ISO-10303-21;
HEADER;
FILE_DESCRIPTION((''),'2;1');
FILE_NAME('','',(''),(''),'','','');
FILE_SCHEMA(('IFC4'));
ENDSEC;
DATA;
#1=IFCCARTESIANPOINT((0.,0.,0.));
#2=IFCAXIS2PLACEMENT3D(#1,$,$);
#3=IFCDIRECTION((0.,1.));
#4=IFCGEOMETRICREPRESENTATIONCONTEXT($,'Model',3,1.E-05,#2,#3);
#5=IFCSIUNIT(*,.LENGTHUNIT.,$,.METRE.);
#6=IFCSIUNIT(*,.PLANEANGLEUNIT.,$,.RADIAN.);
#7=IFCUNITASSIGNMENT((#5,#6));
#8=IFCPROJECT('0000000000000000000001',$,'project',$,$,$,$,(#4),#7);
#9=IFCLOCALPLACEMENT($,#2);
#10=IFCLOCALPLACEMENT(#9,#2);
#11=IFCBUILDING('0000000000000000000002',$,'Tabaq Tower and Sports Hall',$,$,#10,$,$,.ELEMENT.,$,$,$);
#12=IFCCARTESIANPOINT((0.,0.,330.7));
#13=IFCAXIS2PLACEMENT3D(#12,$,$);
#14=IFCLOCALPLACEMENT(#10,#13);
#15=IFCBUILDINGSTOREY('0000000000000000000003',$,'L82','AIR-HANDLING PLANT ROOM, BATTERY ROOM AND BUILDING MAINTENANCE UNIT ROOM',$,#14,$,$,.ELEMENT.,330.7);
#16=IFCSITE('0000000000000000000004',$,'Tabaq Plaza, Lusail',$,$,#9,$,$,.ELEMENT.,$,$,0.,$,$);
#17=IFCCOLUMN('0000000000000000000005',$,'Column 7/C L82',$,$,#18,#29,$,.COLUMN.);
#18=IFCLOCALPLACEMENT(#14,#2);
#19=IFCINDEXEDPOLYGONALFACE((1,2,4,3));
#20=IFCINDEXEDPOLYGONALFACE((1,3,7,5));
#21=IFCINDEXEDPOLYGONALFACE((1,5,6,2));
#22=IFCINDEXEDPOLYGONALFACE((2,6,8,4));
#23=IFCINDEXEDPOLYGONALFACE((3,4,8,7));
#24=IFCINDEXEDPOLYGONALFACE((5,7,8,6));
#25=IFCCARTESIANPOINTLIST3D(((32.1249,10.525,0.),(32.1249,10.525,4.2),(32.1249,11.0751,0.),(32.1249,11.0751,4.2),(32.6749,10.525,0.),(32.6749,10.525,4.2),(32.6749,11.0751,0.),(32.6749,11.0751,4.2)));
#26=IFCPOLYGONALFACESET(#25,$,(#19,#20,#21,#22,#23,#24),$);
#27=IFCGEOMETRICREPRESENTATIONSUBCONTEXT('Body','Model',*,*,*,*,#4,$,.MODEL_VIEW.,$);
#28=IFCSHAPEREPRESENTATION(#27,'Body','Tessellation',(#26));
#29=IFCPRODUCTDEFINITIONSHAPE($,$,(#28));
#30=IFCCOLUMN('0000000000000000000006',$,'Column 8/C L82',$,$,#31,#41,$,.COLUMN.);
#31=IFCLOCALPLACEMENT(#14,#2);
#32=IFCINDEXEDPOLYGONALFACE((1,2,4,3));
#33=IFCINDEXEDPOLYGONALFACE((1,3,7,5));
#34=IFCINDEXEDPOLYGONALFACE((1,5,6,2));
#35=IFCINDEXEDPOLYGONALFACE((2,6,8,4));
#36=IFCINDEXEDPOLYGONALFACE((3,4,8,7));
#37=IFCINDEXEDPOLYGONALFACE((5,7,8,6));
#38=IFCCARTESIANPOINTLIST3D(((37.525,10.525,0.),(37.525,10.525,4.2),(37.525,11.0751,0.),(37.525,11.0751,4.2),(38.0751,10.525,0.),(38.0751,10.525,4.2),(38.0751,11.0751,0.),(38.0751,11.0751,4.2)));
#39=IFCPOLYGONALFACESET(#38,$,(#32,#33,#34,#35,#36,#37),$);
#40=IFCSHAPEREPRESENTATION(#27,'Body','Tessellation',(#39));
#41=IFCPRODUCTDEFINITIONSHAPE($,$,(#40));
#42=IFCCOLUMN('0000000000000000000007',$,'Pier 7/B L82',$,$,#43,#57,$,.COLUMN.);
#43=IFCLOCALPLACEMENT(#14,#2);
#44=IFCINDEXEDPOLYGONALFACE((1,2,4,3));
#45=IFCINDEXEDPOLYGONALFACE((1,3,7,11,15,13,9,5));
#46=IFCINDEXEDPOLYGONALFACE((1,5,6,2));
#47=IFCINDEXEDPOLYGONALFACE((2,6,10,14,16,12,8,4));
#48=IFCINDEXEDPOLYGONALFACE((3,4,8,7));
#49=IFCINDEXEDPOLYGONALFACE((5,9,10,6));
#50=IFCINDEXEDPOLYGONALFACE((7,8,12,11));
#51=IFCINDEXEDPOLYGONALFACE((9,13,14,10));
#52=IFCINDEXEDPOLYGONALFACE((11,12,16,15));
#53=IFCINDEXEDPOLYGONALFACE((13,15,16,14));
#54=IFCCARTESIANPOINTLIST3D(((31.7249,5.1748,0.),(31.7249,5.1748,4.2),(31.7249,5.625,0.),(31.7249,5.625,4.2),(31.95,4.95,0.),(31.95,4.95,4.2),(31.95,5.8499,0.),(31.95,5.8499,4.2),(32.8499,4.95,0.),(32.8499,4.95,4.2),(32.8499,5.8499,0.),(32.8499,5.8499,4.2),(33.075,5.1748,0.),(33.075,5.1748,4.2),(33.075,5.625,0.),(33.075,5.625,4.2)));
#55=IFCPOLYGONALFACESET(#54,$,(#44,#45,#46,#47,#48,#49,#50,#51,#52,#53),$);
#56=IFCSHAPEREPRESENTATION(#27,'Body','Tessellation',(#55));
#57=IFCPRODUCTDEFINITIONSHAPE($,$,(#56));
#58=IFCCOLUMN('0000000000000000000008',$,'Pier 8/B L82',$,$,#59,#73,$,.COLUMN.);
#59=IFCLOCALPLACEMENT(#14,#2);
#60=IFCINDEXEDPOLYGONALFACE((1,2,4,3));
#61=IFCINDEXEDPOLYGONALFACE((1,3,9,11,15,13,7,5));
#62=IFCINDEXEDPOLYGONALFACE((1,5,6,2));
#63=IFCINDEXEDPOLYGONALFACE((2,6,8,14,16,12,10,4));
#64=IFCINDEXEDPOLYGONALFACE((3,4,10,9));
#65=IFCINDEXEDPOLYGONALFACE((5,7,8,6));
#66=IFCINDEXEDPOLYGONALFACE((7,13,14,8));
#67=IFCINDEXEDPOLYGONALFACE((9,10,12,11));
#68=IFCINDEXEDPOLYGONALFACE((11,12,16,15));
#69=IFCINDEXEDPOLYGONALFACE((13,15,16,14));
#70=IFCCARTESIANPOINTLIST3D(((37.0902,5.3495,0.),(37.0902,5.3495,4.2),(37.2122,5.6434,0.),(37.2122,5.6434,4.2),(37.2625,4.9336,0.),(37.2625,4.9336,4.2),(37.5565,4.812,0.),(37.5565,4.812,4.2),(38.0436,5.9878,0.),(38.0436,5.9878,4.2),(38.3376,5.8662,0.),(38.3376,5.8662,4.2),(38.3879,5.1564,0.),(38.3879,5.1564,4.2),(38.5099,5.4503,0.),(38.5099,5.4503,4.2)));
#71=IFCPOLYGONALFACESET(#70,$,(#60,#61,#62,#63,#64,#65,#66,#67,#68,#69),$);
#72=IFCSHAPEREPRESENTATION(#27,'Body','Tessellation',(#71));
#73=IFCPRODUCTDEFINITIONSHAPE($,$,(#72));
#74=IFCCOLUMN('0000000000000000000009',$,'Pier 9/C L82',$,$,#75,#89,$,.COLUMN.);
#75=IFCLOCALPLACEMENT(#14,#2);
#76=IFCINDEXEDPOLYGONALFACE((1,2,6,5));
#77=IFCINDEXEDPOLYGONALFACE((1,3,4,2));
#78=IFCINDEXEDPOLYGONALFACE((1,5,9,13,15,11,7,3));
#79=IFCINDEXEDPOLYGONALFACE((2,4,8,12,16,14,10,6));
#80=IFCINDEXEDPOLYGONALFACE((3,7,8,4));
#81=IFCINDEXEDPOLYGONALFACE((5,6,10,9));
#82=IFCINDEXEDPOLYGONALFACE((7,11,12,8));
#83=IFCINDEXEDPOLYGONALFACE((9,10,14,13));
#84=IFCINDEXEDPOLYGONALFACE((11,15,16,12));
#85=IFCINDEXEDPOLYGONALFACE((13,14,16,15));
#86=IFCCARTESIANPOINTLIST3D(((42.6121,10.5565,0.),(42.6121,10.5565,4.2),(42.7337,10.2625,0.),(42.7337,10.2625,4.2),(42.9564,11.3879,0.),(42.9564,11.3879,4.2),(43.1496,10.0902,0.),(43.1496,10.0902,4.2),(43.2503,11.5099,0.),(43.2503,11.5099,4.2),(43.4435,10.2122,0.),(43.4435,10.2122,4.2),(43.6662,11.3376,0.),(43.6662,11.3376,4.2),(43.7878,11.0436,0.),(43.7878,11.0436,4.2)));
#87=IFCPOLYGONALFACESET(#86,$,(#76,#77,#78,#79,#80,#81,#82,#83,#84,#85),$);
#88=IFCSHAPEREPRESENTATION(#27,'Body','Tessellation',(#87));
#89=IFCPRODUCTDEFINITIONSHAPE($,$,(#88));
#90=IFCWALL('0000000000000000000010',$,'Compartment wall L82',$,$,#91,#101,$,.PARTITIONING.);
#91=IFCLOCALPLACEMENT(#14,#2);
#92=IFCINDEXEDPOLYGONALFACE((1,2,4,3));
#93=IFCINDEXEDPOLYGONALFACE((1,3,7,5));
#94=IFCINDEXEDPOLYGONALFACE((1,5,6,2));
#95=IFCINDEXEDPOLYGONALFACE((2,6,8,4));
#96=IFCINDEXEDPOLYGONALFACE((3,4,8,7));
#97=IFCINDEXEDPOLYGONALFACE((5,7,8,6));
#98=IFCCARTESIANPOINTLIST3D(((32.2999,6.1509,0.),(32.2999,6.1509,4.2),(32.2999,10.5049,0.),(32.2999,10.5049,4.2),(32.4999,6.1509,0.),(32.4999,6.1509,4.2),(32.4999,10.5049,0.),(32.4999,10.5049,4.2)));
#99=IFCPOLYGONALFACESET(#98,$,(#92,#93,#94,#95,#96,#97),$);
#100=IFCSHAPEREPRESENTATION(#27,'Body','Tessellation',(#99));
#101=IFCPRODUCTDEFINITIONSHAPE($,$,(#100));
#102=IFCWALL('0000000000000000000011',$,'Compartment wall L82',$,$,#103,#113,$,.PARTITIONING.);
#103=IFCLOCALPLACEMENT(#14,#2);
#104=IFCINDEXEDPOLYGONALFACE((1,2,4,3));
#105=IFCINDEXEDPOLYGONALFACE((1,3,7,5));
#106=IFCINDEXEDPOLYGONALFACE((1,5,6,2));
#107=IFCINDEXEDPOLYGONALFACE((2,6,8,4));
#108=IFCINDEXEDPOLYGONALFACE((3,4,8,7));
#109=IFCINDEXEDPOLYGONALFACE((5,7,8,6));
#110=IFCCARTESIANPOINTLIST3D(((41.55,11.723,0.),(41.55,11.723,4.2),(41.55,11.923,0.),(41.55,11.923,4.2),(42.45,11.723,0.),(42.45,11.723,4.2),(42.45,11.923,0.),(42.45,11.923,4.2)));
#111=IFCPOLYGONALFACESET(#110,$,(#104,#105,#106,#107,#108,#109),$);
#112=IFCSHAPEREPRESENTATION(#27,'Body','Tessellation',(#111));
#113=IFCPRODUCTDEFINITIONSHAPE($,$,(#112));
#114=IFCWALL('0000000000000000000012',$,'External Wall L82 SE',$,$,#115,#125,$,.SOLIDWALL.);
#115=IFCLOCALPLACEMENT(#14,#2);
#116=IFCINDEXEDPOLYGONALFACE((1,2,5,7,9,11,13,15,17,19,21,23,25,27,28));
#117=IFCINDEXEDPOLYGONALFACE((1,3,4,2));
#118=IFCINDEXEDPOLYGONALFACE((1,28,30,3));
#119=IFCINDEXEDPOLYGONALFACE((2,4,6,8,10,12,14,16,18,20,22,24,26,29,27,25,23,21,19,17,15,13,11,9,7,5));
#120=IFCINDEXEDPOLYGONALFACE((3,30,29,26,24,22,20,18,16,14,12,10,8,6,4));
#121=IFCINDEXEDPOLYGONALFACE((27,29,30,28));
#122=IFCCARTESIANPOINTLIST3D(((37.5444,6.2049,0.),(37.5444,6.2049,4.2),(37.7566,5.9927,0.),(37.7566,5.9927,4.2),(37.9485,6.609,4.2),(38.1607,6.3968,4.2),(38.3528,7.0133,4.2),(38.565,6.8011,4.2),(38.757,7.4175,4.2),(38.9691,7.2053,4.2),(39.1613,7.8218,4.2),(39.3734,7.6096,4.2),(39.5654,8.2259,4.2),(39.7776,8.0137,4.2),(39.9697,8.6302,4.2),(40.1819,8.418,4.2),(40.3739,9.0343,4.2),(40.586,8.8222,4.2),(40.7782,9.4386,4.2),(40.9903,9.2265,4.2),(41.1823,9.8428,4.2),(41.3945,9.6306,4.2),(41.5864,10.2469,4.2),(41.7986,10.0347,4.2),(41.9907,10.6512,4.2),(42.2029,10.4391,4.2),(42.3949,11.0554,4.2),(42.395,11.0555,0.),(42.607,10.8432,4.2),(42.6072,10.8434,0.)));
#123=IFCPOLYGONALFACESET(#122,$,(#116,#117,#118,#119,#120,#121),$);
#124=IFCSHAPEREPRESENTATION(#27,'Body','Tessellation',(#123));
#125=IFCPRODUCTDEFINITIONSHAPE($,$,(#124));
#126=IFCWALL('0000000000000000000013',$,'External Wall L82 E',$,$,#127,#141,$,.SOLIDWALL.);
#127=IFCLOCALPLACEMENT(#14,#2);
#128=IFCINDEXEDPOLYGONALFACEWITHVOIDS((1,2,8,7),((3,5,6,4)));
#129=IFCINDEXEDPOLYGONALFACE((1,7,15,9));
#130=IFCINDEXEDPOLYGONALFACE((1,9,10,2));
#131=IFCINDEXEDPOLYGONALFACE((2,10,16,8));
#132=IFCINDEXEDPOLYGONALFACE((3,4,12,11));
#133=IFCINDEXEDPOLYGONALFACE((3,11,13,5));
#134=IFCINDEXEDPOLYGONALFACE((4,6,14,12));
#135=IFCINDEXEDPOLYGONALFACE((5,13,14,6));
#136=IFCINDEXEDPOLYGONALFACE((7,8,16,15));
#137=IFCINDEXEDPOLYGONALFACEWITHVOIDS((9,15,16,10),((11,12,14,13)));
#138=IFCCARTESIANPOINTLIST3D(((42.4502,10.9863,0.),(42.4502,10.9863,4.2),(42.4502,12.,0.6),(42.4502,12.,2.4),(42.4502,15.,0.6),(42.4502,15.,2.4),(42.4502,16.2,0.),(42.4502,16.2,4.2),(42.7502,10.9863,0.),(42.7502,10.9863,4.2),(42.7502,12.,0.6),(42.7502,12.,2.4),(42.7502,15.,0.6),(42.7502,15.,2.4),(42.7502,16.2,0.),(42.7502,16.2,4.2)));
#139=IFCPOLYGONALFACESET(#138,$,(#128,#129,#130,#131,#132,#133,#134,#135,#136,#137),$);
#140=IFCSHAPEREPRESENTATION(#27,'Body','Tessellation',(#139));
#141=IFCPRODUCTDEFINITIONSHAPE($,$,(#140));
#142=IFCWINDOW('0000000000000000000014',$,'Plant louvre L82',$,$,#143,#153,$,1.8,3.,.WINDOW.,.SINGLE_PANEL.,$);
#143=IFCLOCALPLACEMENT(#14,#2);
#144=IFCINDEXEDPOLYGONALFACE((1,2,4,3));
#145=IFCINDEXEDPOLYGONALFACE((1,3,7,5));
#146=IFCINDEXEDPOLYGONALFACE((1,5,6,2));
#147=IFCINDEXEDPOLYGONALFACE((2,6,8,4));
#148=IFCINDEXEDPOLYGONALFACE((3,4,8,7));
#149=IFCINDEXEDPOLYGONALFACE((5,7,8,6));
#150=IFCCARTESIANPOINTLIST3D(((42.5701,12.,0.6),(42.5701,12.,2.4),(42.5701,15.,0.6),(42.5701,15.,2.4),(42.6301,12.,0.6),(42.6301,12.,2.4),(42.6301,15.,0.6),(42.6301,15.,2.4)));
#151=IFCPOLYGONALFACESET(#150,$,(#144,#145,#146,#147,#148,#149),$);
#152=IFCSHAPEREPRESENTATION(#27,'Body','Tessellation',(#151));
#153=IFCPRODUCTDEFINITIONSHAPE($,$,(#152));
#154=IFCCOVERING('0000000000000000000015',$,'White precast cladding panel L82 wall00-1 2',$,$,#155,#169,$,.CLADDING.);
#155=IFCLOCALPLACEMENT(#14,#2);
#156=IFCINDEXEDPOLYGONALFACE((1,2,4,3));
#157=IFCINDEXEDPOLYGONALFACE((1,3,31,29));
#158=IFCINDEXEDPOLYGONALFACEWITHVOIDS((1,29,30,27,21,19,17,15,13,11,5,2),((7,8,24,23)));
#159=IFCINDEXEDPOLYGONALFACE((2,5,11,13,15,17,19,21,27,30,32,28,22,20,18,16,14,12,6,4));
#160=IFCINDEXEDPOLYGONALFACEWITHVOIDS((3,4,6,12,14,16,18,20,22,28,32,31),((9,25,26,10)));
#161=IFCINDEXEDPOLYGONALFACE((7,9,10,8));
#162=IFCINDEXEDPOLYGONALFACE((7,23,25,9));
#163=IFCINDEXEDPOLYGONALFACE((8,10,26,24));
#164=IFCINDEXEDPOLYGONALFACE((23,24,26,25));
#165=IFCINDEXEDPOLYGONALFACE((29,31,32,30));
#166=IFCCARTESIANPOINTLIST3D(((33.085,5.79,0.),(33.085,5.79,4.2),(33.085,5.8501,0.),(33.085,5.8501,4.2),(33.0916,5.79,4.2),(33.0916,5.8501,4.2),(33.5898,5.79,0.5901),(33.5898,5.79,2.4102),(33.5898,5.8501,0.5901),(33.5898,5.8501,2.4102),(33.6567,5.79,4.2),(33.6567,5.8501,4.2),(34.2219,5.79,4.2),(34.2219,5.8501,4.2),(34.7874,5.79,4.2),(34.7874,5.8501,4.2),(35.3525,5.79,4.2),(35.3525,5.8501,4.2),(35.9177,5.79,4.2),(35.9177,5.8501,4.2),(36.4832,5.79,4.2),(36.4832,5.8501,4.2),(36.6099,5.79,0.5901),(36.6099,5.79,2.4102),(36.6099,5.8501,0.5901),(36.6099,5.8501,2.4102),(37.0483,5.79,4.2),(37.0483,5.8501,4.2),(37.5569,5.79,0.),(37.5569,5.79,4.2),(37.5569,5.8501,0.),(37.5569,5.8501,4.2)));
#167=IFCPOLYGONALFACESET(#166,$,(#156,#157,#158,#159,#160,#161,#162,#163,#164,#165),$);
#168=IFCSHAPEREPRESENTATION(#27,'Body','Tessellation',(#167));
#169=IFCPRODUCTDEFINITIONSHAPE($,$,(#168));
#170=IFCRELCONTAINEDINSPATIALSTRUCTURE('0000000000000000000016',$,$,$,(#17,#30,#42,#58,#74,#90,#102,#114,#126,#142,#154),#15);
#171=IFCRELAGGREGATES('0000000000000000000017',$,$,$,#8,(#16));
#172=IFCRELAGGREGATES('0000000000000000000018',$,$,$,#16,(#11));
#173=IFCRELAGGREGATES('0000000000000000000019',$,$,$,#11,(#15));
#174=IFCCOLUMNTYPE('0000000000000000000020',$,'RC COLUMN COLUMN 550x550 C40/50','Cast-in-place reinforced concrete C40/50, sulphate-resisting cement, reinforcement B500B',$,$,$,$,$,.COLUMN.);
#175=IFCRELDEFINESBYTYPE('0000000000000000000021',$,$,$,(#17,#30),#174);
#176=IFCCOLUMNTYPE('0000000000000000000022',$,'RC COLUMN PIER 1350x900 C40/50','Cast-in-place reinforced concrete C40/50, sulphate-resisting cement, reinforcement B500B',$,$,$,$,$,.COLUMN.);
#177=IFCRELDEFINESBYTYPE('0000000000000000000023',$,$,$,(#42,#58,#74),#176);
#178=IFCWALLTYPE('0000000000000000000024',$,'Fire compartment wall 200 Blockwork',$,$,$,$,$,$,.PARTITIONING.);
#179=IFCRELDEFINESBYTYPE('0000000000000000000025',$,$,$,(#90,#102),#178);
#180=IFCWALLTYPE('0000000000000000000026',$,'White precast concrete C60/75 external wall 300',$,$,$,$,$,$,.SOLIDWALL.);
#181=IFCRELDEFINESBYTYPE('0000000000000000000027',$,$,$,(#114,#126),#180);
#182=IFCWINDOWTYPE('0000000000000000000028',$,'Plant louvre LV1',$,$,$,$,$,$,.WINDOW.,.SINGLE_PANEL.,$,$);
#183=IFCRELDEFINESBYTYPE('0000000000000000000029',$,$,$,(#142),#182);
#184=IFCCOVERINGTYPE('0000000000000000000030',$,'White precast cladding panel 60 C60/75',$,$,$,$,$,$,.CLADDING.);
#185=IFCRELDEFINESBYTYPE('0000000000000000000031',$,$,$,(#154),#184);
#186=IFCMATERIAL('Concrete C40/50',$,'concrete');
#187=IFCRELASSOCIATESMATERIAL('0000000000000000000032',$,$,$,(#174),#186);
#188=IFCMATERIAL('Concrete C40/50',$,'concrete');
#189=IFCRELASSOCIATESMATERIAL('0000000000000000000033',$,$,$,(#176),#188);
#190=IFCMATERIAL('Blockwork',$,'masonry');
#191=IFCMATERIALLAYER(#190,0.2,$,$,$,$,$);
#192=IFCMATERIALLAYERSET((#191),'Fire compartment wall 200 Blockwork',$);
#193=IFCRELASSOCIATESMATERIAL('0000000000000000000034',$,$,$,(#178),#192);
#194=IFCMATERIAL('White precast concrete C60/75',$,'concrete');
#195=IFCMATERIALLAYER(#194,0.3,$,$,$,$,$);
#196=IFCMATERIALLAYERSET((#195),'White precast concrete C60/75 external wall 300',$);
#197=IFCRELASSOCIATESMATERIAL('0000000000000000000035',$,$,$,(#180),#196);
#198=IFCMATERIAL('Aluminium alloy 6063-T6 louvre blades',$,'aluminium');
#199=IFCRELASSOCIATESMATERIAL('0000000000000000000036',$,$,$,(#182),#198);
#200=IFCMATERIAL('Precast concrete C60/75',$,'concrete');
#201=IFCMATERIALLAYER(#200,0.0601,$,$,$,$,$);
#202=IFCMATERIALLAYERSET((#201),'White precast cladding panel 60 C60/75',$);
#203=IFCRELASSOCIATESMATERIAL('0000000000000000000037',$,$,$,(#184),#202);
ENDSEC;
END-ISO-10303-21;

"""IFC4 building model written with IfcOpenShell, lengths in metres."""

from ifc_helpers import new_model, si_unit, direction, frame, frame_2d, origin, origin_2d, place, context, subcontext, project, spatial, polyline, rectangle, outline, extrude, material, layer, layer_set, material_profile, profile_set, type_object, element, fill, save


model = new_model("IFC4")

# Units and contexts
model_context = context("Model", 3, precision=1e-05, world=origin(), true_north=direction((0.0, 1.0)))
body_context = subcontext(model_context, "Body", "Model", "MODEL_VIEW")
ifc_project = project(units=[si_unit("LENGTHUNIT", "METRE"), si_unit("PLANEANGLEUNIT", "RADIAN")], contexts=[model_context])

# Site, building, storey
site_placement = place(None, origin())
site = spatial("IfcSite", under=ifc_project, at=site_placement, Name="Tabaq Plaza, Lusail", CompositionType="ELEMENT", RefElevation=0.0)
building_placement = place(site_placement, origin())
building = spatial("IfcBuilding", under=site, at=building_placement, Name="Tabaq Tower and Sports Hall", CompositionType="ELEMENT")
storey_placement = place(building_placement, frame((0.0, 0.0, 330.7)))
storey = spatial("IfcBuildingStorey", under=building, at=storey_placement, Name="L82", Description="AIR-HANDLING PLANT ROOM, BATTERY ROOM AND BUILDING MAINTENANCE UNIT ROOM", CompositionType="ELEMENT", Elevation=330.7)

# Columns
ifc_material_1 = material(Name="Concrete C40/50", Category="concrete")
ifc_material_profile_1 = material_profile(ifc_material_1, rectangle(XDim=0.55, YDim=0.55, at=origin_2d()), Name="COLUMN 550x550")
ifc_profile_set_1 = profile_set([ifc_material_profile_1], Name="Concrete C40/50")
column_type_1 = type_object("IfcColumnType", Name="RC COLUMN COLUMN 550x550 C40/50", Description="Cast-in-place reinforced concrete C40/50, sulphate-resisting cement, reinforcement B500B", PredefinedType="COLUMN", material=ifc_profile_set_1)
for number, where, z_axis, x_axis, name in (
    (1, (32.3999, 10.8, 0.0), (0.0, 0.0, 1.0), (1.0, 0.0, 0.0), "Column 7/C L82"),
    (2, (37.8, 10.8, 0.0), (0.0, 0.0, 1.0), (1.0, 0.0, 0.0), "Column 8/C L82"),
):
    element("IfcColumn", number, at=place(storey_placement, frame(where, z_axis=z_axis, x_axis=x_axis)), inside=storey, type_object=column_type_1, Name=name, PredefinedType="COLUMN", context=body_context, shape_type="SweptSolid", body=[
        extrude(rectangle(XDim=0.55, YDim=0.55, at=origin_2d()), origin(), (0.0, 0.0, 1.0), 4.2),
    ])
ifc_material_2 = material(Name="Concrete C40/50", Category="concrete")
ifc_material_profile_2 = material_profile(ifc_material_2, outline(polyline([(-0.45, -0.45), (0.45, -0.45), (0.675, -0.2251), (0.675, 0.2251), (0.45, 0.45), (-0.45, 0.45), (-0.675, 0.2251), (-0.675, -0.2251), (-0.45, -0.45)])), Name="PIER 1350x900")
ifc_profile_set_2 = profile_set([ifc_material_profile_2], Name="Concrete C40/50")
column_type_2 = type_object("IfcColumnType", Name="RC COLUMN PIER 1350x900 C40/50", Description="Cast-in-place reinforced concrete C40/50, sulphate-resisting cement, reinforcement B500B", PredefinedType="COLUMN", material=ifc_profile_set_2)
for number, where, z_axis, x_axis, name in (
    (3, (32.3999, 5.3999, 0.0), (0.0, 0.0, 1.0), (1.0, 0.0, 0.0), "Pier 7/B L82"),
    (4, (37.8, 5.3999, 0.0), (0.0, 0.0, 1.0), (0.92388, 0.382683, 0.0), "Pier 8/B L82"),
    (5, (43.2, 10.8, 0.0), (0.0, 0.0, 1.0), (0.382683, 0.92388, 0.0), "Pier 9/C L82"),
):
    element("IfcColumn", number, at=place(storey_placement, frame(where, z_axis=z_axis, x_axis=x_axis)), inside=storey, type_object=column_type_2, Name=name, PredefinedType="COLUMN", context=body_context, shape_type="SweptSolid", body=[
        extrude(outline(polyline([(-0.45, -0.45), (0.45, -0.45), (0.675, -0.2251), (0.675, 0.2251), (0.45, 0.45), (-0.45, 0.45), (-0.675, 0.2251), (-0.675, -0.2251), (-0.45, -0.45)])), origin(), (0.0, 0.0, 1.0), 4.2),
    ])

# Wall
ifc_material_3 = material(Name="Blockwork", Category="masonry")
ifc_layer_1 = layer(ifc_material_3, 0.2)
ifc_layer_set_1 = layer_set([ifc_layer_1], Name="Fire compartment wall 200 Blockwork")
wall_type_1 = type_object("IfcWallType", Name="Fire compartment wall 200 Blockwork", PredefinedType="PARTITIONING", material=ifc_layer_set_1)
wall_1_placement = place(storey_placement, frame((32.3999, 10.5049, 0.0), z_axis=(0.0, 0.0, 1.0), x_axis=(0.0, -1.0, 0.0)))
element("IfcWall", 6, at=wall_1_placement, inside=storey, type_object=wall_type_1, Name="Compartment wall L82", PredefinedType="PARTITIONING", context=body_context, shape_type="SweptSolid", body=[
    extrude(rectangle(XDim=4.354, YDim=0.2, at=frame_2d((2.177, 0.0))), origin(), (0.0, 0.0, 1.0), 4.2),
])

# Walls
wall_2_placement = place(storey_placement, frame((41.55, 11.823, 0.0), z_axis=(0.0, 0.0, 1.0), x_axis=(1.0, 0.0, 0.0)))
element("IfcWall", 7, at=wall_2_placement, inside=storey, type_object=wall_type_1, Name="Compartment wall L82", PredefinedType="PARTITIONING", context=body_context, shape_type="SweptSolid", body=[
    extrude(rectangle(XDim=0.8999, YDim=0.2, at=frame_2d((0.45, 0.0))), origin(), (0.0, 0.0, 1.0), 4.2),
])
ifc_material_4 = material(Name="White precast concrete C60/75", Category="concrete")
ifc_layer_2 = layer(ifc_material_4, 0.3)
ifc_layer_set_2 = layer_set([ifc_layer_2], Name="White precast concrete C60/75 external wall 300")
wall_type_2 = type_object("IfcWallType", Name="White precast concrete C60/75 external wall 300", PredefinedType="SOLIDWALL", material=ifc_layer_set_2)
wall_3_placement = place(storey_placement, frame((37.6504, 6.0989, 0.0), z_axis=(0.0, 0.0, 1.0), x_axis=(0.707107, 0.707107, 0.0)))
element("IfcWall", 8, at=wall_3_placement, inside=storey, type_object=wall_type_2, Name="External Wall L82 SE", PredefinedType="SOLIDWALL", context=body_context, shape_type="SweptSolid", body=[
    extrude(outline(polyline([(0.0, 0.0), (6.8599, 0.0), (6.8596, 4.2), (6.2881, 4.2), (5.7163, 4.2), (5.1448, 4.2), (4.5732, 4.2), (4.0015, 4.2), (3.4299, 4.2), (2.8582, 4.2), (2.2866, 4.2), (1.7148, 4.2), (1.1433, 4.2), (0.5715, 4.2), (0.0, 4.2), (0.0, 0.0)])), frame((0.0, 0.1499, 0.0), z_axis=(0.0, -1.0, 0.0), x_axis=(1.0, 0.0, 0.0)), (0.0, 0.0, 1.0), 0.3),
])

# Wall, opening, window
wall_4_placement = place(storey_placement, frame((42.6001, 10.9863, 0.0), z_axis=(0.0, 0.0, 1.0), x_axis=(0.0, 1.0, 0.0)))
wall_4 = element("IfcWall", 9, at=wall_4_placement, inside=storey, type_object=wall_type_2, Name="External Wall L82 E", PredefinedType="SOLIDWALL", context=body_context, shape_type="SweptSolid", body=[
    extrude(outline(polyline([(0.0, 0.0), (5.2136, 0.0), (5.2136, 4.2), (4.6343, 4.2), (4.0549, 4.2), (3.4758, 4.2), (2.8965, 4.2), (2.3171, 4.2), (1.7378, 4.2), (1.1587, 4.2), (0.5793, 4.2), (0.0, 4.2), (0.0, 0.0)])), frame((0.0, 0.1499, 0.0), z_axis=(0.0, -1.0, 0.0), x_axis=(1.0, 0.0, 0.0)), (0.0, 0.0, 1.0), 0.3),
])
opening_1_placement = place(wall_4_placement, frame((1.0137, 0.0, 0.6001)))
opening_1 = element("IfcOpeningElement", 10, at=opening_1_placement, cuts=wall_4, PredefinedType="OPENING", context=body_context, shape_type="SweptSolid", body=[
    extrude(rectangle(XDim=3.0, YDim=1.8, at=frame_2d((1.5, 0.8999))), frame((0.0, 0.1602, 0.0), z_axis=(0.0, -1.0, 0.0), x_axis=(1.0, 0.0, 0.0)), (0.0, 0.0, 1.0), 0.3201),
])
ifc_material_5 = material(Name="Aluminium alloy 6063-T6 louvre blades", Category="aluminium")
window_type = type_object("IfcWindowType", Name="Plant louvre LV1", PartitioningType="SINGLE_PANEL", PredefinedType="WINDOW", material=ifc_material_5)
window_placement = place(opening_1_placement, origin())
window = element("IfcWindow", 11, at=window_placement, inside=storey, type_object=window_type, Name="Plant louvre L82", OverallHeight=1.8, OverallWidth=3.0, PartitioningType="SINGLE_PANEL", PredefinedType="WINDOW", context=body_context, shape_type="SweptSolid", body=[
    extrude(rectangle(XDim=3.0, YDim=1.8, at=frame_2d((1.5, 0.8999))), frame((0.0, 0.03, 0.0), z_axis=(0.0, -1.0, 0.0), x_axis=(1.0, 0.0, 0.0)), (0.0, 0.0, 1.0), 0.0601),
])
fill(opening_1, window)

# Covering
ifc_material_6 = material(Name="Precast concrete C60/75", Category="concrete")
ifc_layer_3 = layer(ifc_material_6, 0.0601)
ifc_layer_set_3 = layer_set([ifc_layer_3], Name="White precast cladding panel 60 C60/75")
covering_type = type_object("IfcCoveringType", Name="White precast cladding panel 60 C60/75", PredefinedType="CLADDING", material=ifc_layer_set_3)
covering_1_placement = place(storey_placement, frame((33.085, 5.8201, 0.0), z_axis=(0.0, 0.0, 1.0), x_axis=(1.0, 0.0, 0.0)))
element("IfcCovering", 12, at=covering_1_placement, inside=storey, type_object=covering_type, Name="White precast cladding panel L82 wall00-1 2", PredefinedType="CLADDING", context=body_context, shape_type="SweptSolid", body=[
    extrude(outline(polyline([(0.0, 0.0), (4.4719, 0.0), (4.4719, 4.2), (3.9634, 4.2), (3.3982, 4.2), (2.8328, 4.2), (2.2676, 4.2), (1.7024, 4.2), (1.137, 4.2), (0.5718, 4.2), (0.0066, 4.2), (0.0, 4.2), (0.0, 0.0)]), holes=[polyline([(0.5049, 0.5901), (0.5049, 2.4102), (3.5249, 2.4102), (3.5249, 0.5901), (0.5049, 0.5901)])]), frame((0.0, 0.03, 0.0), z_axis=(0.0, -1.0, 0.0), x_axis=(1.0, 0.0, 0.0)), (0.0, 0.0, 1.0), 0.0601),
])

save(model, "model.ifc")
